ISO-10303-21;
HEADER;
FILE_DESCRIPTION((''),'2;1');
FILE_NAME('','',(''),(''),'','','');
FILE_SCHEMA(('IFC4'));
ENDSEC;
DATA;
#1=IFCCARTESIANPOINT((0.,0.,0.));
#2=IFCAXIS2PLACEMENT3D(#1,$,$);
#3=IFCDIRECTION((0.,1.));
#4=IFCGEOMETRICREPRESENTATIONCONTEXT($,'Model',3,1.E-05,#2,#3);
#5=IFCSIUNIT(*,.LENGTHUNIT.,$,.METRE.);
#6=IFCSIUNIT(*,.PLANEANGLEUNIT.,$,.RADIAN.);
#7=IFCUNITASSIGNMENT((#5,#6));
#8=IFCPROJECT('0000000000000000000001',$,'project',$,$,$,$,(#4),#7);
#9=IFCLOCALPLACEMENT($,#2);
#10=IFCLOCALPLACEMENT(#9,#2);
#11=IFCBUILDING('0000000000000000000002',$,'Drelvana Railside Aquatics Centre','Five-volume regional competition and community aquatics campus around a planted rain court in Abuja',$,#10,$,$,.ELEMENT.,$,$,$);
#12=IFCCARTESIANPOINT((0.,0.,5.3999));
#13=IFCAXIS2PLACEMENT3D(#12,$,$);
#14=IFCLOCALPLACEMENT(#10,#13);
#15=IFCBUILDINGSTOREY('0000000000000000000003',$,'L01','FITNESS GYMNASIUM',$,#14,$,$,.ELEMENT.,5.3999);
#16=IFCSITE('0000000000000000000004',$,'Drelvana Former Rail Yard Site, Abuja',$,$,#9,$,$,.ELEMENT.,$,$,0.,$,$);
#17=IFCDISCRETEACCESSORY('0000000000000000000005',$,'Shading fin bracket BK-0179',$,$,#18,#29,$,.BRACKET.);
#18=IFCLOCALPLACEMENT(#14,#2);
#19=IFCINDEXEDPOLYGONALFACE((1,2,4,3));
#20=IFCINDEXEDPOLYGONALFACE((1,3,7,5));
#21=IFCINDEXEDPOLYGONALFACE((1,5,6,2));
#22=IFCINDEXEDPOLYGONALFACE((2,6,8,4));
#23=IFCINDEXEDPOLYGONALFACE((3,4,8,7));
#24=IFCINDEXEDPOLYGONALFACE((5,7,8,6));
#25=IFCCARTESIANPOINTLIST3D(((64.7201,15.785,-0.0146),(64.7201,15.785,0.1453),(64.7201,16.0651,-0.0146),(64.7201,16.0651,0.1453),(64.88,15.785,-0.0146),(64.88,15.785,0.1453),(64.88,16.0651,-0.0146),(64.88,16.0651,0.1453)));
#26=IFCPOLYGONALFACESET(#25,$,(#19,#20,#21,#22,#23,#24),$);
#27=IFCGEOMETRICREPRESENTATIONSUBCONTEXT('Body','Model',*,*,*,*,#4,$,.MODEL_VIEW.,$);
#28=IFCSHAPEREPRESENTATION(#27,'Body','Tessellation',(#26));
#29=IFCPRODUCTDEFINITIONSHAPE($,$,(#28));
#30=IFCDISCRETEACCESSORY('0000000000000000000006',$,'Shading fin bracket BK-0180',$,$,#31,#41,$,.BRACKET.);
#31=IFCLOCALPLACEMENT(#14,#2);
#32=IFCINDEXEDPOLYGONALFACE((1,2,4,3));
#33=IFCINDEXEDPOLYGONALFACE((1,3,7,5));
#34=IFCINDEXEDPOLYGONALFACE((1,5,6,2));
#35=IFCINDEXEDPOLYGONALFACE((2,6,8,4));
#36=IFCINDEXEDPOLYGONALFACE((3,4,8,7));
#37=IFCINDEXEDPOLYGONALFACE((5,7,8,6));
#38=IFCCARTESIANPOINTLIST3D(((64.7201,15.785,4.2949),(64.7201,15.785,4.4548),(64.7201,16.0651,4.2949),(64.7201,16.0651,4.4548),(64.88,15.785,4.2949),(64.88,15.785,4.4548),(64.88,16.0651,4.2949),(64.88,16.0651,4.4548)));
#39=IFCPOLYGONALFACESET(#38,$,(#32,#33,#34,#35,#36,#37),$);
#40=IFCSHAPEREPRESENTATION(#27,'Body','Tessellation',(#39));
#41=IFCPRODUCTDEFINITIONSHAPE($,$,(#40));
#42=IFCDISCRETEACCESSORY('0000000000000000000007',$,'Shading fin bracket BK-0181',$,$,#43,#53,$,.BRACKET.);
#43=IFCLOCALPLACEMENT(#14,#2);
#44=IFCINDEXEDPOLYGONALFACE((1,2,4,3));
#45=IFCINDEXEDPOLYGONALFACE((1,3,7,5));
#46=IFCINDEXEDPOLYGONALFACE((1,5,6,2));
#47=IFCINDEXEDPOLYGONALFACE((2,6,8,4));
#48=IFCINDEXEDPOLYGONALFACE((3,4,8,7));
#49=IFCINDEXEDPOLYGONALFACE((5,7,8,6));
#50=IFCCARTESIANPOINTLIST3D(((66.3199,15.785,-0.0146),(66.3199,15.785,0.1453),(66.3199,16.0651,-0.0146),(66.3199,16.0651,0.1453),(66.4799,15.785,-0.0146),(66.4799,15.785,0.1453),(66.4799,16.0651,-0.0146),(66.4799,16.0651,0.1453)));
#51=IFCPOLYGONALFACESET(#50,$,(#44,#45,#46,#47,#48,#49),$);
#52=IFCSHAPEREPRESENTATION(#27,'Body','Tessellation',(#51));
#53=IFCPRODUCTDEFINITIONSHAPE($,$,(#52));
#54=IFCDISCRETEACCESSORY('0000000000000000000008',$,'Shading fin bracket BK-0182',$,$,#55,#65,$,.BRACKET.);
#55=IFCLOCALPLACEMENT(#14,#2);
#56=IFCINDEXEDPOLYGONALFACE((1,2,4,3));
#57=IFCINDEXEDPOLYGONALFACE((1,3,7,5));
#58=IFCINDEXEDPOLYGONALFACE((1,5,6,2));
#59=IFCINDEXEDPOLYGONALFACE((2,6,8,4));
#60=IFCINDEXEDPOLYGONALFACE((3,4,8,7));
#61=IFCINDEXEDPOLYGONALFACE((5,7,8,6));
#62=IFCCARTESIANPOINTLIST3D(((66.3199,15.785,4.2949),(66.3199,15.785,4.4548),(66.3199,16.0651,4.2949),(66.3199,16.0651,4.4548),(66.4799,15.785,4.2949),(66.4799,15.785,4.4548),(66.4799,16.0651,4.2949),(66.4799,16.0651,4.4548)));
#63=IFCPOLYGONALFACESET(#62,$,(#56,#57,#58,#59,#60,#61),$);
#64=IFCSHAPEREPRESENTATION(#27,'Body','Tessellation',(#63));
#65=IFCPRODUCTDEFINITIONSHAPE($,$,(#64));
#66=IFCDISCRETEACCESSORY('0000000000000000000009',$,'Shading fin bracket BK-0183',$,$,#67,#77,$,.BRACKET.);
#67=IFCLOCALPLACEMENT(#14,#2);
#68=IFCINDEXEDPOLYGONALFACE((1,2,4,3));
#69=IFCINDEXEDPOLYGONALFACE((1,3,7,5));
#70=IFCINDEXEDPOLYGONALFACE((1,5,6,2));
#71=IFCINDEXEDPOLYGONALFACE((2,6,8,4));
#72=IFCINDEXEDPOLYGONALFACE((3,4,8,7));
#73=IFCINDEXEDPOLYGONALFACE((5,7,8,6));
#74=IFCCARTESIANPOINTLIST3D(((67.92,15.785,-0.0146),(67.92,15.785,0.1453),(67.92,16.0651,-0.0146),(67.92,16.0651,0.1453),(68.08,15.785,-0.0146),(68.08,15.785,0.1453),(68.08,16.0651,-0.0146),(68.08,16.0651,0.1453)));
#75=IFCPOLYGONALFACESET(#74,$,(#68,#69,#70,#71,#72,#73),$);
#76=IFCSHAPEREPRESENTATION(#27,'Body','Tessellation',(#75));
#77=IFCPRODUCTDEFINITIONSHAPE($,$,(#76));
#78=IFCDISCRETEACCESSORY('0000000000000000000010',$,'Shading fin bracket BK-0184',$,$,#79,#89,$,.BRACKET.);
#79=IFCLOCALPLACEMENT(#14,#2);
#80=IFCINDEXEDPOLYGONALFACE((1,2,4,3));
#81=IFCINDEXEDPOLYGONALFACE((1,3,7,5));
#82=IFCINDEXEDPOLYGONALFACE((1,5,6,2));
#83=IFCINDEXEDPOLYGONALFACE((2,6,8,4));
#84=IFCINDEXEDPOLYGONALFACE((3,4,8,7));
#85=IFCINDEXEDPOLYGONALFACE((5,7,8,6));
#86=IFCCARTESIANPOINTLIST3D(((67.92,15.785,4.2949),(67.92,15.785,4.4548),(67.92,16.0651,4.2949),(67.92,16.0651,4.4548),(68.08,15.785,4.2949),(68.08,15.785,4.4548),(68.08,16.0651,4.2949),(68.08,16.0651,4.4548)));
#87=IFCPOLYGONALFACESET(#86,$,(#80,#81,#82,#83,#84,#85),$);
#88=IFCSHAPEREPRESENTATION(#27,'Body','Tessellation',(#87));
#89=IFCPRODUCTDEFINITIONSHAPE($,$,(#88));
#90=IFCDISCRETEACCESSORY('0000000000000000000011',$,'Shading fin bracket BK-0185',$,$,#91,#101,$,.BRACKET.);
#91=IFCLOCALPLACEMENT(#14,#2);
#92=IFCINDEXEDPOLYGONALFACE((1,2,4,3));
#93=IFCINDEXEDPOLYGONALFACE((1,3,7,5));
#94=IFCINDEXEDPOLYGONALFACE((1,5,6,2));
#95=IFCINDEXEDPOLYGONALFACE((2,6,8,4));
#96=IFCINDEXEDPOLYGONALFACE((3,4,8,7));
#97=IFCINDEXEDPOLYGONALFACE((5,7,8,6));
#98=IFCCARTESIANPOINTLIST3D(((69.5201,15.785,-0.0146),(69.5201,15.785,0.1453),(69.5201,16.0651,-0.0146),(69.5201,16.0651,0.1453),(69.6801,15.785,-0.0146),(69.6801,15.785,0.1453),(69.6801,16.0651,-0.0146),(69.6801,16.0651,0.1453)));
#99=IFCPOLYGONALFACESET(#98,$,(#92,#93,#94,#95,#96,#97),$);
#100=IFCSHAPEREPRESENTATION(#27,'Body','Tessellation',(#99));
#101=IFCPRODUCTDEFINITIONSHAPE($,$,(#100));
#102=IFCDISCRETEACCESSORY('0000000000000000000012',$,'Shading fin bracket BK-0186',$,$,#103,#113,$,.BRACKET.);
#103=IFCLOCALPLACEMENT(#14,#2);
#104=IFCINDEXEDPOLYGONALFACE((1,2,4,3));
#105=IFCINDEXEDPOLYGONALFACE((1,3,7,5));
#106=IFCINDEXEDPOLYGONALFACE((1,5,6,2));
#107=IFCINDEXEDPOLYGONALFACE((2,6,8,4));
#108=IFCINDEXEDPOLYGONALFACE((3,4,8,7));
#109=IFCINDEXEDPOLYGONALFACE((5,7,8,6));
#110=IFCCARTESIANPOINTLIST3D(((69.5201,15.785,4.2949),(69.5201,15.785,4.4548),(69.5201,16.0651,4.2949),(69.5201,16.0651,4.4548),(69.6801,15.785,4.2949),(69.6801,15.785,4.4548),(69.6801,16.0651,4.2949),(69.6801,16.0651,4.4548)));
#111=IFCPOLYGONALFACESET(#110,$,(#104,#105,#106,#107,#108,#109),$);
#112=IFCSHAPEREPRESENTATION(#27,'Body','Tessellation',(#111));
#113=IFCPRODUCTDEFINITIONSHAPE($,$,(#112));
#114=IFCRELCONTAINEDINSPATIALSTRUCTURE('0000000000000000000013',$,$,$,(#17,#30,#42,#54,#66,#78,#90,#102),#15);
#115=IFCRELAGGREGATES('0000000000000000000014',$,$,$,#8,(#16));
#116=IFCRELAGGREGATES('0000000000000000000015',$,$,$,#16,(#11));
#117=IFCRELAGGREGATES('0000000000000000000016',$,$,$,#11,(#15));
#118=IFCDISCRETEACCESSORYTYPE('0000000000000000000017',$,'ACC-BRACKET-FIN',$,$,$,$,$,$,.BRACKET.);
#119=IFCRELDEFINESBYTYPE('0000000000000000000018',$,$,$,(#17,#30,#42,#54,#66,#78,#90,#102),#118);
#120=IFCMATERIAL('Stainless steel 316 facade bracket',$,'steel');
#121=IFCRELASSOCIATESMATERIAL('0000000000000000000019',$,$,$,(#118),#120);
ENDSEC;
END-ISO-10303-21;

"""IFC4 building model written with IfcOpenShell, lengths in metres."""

from ifc_helpers import new_model, si_unit, direction, frame, origin, origin_2d, place, context, subcontext, project, spatial, rectangle, extrude, material, type_object, element, save


model = new_model("IFC4")

# Units and contexts
model_context = context("Model", 3, precision=1e-05, world=origin(), true_north=direction((0.0, 1.0)))
body_context = subcontext(model_context, "Body", "Model", "MODEL_VIEW")
ifc_project = project(units=[si_unit("LENGTHUNIT", "METRE"), si_unit("PLANEANGLEUNIT", "RADIAN")], contexts=[model_context])

# Site, building, storey
site_placement = place(None, origin())
site = spatial("IfcSite", under=ifc_project, at=site_placement, Name="Drelvana Former Rail Yard Site, Abuja", CompositionType="ELEMENT", RefElevation=0.0)
building_placement = place(site_placement, origin())
building = spatial("IfcBuilding", under=site, at=building_placement, Name="Drelvana Railside Aquatics Centre", Description="Five-volume regional competition and community aquatics campus around a planted rain court in Abuja", CompositionType="ELEMENT")
storey_placement = place(building_placement, frame((0.0, 0.0, 5.3999)))
storey = spatial("IfcBuildingStorey", under=building, at=storey_placement, Name="L01", Description="FITNESS GYMNASIUM", CompositionType="ELEMENT", Elevation=5.3999)

# Discrete accessories
ifc_material_1 = material(Name="Stainless steel 316 facade bracket", Category="steel")
discrete_accessory_type = type_object("IfcDiscreteAccessoryType", Name="ACC-BRACKET-FIN", PredefinedType="BRACKET", material=ifc_material_1)
for number, where, z_axis, x_axis, name in (
    (1, (64.8, 15.925, -0.0146), (0.0, 0.0, 1.0), (0.0, -1.0, 0.0), "Shading fin bracket BK-0179"),
    (2, (64.8, 15.925, 4.2949), (0.0, 0.0, 1.0), (0.0, -1.0, 0.0), "Shading fin bracket BK-0180"),
    (3, (66.3999, 15.925, -0.0146), (0.0, 0.0, 1.0), (0.0, -1.0, 0.0), "Shading fin bracket BK-0181"),
    (4, (66.3999, 15.925, 4.2949), (0.0, 0.0, 1.0), (0.0, -1.0, 0.0), "Shading fin bracket BK-0182"),
    (5, (68.0, 15.925, -0.0146), (0.0, 0.0, 1.0), (0.0, -1.0, 0.0), "Shading fin bracket BK-0183"),
    (6, (68.0, 15.925, 4.2949), (0.0, 0.0, 1.0), (0.0, -1.0, 0.0), "Shading fin bracket BK-0184"),
    (7, (69.6001, 15.925, -0.0146), (0.0, 0.0, 1.0), (0.0, -1.0, 0.0), "Shading fin bracket BK-0185"),
    (8, (69.6001, 15.925, 4.2949), (0.0, 0.0, 1.0), (0.0, -1.0, 0.0), "Shading fin bracket BK-0186"),
):
    element("IfcDiscreteAccessory", number, at=place(storey_placement, frame(where, z_axis=z_axis, x_axis=x_axis)), inside=storey, type_object=discrete_accessory_type, Name=name, PredefinedType="BRACKET", context=body_context, shape_type="SweptSolid", body=[
        extrude(rectangle(XDim=0.28, YDim=0.1599, at=origin_2d()), origin(), (0.0, 0.0, 1.0), 0.1599),
    ])

save(model, "model.ifc")
